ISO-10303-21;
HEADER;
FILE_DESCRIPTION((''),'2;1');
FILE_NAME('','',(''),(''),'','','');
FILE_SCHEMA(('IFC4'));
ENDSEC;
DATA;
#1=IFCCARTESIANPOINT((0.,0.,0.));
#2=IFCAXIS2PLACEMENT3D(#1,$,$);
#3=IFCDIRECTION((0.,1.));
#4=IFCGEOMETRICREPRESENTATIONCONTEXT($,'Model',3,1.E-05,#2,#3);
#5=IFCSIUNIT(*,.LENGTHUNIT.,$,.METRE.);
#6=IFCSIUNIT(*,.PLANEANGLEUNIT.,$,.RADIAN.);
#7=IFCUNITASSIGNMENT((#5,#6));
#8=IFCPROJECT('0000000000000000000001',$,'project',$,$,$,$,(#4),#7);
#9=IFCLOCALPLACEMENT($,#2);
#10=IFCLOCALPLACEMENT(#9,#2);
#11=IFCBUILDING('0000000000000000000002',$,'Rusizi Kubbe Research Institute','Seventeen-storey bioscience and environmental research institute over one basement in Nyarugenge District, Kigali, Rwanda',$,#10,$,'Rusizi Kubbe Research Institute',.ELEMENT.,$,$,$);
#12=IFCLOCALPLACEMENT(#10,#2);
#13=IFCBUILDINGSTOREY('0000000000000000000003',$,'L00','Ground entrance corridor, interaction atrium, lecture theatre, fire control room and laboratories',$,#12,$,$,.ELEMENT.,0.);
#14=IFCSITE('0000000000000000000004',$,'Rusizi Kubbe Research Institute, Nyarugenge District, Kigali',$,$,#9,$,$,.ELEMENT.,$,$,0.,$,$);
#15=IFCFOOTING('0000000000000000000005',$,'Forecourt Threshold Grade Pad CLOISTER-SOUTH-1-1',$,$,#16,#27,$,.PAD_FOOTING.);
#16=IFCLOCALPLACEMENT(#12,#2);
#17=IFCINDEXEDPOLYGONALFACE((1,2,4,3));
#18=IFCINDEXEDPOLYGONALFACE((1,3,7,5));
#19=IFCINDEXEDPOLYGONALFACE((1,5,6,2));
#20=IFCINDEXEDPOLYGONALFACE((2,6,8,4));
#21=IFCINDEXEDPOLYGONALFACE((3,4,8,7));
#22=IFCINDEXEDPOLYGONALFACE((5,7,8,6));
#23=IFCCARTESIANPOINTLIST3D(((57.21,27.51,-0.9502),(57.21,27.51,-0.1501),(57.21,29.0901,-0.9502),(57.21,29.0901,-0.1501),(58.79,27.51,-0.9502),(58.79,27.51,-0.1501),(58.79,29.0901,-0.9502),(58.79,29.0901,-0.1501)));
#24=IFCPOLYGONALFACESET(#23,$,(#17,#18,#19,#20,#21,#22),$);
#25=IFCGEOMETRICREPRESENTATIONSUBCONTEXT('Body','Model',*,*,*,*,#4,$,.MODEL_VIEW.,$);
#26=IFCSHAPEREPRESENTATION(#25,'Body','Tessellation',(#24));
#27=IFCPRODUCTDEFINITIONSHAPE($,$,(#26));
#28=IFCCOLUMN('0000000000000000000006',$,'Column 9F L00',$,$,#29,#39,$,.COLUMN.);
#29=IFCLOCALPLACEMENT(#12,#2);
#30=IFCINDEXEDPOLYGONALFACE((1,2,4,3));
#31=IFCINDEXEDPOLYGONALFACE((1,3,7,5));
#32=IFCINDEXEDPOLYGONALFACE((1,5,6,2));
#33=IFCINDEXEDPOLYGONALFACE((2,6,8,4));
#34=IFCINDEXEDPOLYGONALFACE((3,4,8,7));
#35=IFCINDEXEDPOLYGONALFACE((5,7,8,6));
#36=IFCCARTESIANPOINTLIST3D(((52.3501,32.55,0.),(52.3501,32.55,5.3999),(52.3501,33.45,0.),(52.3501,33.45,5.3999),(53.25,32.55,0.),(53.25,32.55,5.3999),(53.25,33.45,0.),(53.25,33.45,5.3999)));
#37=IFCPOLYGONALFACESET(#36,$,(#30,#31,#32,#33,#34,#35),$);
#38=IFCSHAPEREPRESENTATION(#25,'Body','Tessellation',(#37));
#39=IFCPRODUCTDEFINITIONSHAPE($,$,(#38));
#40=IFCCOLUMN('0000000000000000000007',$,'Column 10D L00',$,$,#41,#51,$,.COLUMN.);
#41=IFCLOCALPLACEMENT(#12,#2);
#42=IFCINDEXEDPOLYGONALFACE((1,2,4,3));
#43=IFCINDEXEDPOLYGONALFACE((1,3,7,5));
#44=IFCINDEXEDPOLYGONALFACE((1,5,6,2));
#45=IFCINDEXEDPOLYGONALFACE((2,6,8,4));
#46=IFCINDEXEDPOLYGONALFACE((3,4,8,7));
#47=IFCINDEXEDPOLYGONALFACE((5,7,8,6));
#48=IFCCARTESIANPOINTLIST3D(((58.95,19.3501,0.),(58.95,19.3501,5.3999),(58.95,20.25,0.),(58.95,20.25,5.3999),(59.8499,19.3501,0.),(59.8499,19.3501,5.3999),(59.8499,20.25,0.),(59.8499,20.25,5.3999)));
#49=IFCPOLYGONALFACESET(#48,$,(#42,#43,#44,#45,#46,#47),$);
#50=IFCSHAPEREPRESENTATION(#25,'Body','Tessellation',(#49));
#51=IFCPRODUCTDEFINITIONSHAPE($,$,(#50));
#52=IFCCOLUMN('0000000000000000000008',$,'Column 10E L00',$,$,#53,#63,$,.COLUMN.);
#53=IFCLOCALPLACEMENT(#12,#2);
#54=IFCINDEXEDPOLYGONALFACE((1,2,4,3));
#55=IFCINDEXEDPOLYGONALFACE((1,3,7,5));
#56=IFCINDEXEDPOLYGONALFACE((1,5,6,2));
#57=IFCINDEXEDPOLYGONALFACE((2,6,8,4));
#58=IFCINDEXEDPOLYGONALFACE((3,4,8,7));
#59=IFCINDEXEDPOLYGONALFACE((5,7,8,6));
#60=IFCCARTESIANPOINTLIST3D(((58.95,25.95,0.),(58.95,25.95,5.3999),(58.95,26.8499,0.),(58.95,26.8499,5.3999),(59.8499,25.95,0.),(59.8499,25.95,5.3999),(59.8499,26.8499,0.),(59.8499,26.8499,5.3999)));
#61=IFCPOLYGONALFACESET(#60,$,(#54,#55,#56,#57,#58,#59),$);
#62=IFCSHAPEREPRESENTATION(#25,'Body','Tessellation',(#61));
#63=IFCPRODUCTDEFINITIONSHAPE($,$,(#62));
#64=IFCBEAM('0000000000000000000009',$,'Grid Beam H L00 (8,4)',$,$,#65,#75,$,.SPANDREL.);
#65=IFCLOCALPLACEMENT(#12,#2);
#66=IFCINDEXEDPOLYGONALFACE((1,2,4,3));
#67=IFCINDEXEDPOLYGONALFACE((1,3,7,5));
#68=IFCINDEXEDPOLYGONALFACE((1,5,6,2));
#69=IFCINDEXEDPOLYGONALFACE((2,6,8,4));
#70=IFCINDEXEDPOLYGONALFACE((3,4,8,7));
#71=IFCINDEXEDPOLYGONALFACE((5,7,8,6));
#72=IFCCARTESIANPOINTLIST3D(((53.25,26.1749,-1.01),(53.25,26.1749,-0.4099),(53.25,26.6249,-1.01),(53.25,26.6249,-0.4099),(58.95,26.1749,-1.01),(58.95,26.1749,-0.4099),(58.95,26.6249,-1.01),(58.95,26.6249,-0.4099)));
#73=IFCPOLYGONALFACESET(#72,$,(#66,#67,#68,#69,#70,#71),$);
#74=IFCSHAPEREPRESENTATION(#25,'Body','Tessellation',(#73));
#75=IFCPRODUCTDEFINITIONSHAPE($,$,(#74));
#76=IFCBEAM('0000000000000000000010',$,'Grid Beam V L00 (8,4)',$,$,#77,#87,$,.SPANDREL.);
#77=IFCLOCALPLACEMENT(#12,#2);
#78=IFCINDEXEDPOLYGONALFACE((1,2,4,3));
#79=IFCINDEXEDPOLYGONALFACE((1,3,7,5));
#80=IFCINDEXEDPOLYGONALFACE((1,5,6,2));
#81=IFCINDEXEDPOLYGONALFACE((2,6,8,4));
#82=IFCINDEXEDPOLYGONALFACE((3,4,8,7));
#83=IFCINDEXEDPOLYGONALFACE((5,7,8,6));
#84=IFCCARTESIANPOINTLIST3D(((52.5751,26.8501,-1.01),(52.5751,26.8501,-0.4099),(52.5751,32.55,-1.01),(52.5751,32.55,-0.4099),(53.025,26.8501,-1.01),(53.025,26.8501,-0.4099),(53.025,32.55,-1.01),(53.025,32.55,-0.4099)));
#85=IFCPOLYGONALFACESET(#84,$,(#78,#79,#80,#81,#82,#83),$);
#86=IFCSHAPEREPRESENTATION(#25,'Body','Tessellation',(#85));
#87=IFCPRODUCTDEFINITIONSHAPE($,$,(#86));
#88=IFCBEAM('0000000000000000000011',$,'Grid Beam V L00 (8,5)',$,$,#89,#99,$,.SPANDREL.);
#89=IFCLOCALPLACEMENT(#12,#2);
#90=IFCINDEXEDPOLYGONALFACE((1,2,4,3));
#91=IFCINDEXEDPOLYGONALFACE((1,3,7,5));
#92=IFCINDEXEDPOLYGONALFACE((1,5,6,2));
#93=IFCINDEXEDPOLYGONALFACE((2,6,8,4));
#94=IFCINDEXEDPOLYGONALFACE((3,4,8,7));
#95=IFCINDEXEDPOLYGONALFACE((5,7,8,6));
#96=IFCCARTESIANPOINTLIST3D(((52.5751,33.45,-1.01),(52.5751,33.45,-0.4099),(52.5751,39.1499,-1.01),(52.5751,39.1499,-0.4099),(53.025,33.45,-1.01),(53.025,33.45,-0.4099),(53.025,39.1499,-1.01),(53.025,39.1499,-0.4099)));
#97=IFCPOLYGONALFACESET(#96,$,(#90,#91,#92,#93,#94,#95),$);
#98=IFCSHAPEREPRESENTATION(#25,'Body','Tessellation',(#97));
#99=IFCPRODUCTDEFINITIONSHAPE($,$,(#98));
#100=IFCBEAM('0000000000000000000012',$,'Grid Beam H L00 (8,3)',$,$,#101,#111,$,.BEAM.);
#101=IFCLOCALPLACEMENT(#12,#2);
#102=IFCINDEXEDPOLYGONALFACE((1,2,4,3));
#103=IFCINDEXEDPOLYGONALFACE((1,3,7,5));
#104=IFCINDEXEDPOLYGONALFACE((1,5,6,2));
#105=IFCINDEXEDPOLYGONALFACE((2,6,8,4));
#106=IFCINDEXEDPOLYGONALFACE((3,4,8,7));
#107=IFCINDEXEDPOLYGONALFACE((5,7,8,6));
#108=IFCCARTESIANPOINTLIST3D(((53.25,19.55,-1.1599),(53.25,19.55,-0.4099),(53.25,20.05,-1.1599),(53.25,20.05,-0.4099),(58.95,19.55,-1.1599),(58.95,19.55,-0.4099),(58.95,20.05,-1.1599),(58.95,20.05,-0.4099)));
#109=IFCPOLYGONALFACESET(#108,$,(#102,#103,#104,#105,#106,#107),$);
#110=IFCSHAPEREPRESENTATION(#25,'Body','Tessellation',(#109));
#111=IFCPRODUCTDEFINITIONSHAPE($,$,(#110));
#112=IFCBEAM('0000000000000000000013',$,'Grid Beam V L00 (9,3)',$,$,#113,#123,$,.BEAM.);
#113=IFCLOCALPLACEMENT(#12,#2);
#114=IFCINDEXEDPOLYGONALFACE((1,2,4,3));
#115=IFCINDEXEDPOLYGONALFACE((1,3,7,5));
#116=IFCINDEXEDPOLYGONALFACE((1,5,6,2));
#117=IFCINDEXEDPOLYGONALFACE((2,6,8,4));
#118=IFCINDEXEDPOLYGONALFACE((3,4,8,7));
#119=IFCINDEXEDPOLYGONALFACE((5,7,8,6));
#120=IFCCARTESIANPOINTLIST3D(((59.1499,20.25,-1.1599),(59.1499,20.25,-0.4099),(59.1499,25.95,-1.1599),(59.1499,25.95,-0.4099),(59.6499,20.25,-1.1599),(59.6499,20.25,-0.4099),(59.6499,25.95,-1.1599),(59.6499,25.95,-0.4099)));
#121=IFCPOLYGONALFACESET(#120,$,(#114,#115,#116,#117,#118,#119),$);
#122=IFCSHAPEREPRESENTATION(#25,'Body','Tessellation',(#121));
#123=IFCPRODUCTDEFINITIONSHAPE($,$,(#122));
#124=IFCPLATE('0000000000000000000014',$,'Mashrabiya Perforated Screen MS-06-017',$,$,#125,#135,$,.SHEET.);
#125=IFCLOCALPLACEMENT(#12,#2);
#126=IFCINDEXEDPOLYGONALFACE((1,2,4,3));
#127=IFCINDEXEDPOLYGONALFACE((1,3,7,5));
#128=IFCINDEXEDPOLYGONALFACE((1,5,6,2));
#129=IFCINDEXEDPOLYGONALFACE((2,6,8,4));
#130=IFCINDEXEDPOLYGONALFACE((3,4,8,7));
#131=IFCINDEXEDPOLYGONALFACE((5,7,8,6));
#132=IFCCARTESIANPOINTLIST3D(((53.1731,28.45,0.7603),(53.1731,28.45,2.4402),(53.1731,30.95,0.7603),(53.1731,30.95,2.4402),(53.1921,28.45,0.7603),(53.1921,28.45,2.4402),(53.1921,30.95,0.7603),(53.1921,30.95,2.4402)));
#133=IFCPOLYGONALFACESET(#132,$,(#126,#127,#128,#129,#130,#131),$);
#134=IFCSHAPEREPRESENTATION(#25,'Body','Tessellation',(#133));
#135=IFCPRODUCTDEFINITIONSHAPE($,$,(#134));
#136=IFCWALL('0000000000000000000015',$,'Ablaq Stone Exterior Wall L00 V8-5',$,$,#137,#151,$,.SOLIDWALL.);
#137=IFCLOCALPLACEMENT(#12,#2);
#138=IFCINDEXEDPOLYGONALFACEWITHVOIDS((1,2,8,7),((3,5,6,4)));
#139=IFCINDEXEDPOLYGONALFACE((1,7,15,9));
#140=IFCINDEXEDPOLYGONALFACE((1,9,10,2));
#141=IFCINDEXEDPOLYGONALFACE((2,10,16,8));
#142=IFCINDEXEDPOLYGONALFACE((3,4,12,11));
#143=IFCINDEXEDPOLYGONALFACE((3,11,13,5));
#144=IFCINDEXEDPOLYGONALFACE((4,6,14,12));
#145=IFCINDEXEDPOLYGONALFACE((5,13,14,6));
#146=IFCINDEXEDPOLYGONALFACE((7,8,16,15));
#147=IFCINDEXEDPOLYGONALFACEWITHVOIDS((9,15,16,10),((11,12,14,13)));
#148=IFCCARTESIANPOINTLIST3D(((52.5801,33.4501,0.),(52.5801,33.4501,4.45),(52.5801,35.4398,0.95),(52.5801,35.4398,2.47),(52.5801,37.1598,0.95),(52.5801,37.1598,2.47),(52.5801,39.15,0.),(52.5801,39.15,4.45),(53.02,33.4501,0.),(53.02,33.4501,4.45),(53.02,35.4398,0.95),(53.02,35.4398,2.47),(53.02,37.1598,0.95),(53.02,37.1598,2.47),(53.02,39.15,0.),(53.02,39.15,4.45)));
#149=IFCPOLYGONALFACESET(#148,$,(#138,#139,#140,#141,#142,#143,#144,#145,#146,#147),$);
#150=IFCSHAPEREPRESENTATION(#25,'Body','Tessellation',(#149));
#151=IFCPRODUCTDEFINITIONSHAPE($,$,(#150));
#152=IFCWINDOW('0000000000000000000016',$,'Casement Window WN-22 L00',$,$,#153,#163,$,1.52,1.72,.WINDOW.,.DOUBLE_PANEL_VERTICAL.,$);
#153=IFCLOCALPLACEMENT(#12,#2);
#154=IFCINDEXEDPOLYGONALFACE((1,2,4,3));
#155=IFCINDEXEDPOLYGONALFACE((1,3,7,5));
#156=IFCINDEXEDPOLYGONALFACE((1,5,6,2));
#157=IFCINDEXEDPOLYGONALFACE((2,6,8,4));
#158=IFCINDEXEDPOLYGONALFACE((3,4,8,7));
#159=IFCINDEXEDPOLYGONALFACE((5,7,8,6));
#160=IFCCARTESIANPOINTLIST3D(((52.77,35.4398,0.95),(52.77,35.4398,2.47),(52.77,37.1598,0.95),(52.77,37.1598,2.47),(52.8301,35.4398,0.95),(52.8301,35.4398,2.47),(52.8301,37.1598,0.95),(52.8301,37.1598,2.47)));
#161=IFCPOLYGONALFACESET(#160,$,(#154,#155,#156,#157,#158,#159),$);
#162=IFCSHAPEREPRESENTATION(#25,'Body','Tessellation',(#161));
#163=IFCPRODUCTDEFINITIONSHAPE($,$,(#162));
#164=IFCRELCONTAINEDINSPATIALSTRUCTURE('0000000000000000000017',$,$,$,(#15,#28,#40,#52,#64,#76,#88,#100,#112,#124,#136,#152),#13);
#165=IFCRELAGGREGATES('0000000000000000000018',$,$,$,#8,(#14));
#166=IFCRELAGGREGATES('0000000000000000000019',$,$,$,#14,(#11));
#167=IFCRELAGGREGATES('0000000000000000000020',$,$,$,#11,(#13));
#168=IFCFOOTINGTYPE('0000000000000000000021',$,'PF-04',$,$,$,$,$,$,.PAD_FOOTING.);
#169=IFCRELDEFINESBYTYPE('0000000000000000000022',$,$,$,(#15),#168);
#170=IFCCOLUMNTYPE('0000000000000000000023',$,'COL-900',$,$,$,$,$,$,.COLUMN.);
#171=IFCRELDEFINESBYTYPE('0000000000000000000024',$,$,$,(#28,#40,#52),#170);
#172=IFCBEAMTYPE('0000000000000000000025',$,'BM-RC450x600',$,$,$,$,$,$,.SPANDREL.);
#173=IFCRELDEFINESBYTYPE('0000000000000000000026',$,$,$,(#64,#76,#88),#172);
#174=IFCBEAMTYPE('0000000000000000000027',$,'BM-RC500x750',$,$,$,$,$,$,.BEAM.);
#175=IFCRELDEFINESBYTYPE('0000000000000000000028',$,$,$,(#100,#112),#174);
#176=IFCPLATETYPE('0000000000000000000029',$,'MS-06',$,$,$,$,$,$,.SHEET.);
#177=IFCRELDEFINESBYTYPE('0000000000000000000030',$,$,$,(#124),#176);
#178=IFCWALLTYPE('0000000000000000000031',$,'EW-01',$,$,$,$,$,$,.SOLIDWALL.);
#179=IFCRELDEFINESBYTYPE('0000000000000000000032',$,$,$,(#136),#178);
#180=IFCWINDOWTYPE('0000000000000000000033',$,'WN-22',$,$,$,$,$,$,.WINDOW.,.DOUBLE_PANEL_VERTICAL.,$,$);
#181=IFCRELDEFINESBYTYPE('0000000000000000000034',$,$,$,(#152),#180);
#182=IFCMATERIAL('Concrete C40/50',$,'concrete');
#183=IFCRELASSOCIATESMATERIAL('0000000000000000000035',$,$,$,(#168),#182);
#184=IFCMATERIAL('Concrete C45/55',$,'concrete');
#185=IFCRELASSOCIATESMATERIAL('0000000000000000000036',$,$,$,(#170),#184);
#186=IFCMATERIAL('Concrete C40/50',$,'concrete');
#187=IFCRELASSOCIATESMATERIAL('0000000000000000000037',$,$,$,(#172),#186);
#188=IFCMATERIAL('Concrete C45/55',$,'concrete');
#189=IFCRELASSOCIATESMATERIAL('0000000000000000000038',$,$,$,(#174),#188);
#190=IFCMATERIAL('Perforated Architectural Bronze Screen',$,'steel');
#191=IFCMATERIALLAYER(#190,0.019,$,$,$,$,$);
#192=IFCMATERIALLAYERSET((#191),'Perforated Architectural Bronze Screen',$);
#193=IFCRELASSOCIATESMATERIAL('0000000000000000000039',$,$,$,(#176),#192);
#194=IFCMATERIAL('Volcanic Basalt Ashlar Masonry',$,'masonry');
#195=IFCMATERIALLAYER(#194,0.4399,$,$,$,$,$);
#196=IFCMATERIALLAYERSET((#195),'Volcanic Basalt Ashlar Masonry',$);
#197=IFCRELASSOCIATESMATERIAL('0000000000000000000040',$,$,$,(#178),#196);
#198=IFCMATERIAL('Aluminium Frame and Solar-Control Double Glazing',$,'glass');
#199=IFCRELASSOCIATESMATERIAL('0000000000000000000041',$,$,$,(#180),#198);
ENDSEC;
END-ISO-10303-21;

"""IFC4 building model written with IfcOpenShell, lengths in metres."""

from ifc_helpers import new_model, si_unit, direction, frame, frame_2d, origin, origin_2d, place, context, subcontext, project, spatial, rectangle, extrude, material, layer, layer_set, material_profile, profile_set, type_object, element, fill, save


model = new_model("IFC4")

# Units and contexts
model_context = context("Model", 3, precision=1e-05, world=origin(), true_north=direction((0.0, 1.0)))
body_context = subcontext(model_context, "Body", "Model", "MODEL_VIEW")
ifc_project = project(units=[si_unit("LENGTHUNIT", "METRE"), si_unit("PLANEANGLEUNIT", "RADIAN")], contexts=[model_context])

# Site, building, storey
site_placement = place(None, origin())
site = spatial("IfcSite", under=ifc_project, at=site_placement, Name="Rusizi Kubbe Research Institute, Nyarugenge District, Kigali", CompositionType="ELEMENT", RefElevation=0.0)
building_placement = place(site_placement, origin())
building = spatial("IfcBuilding", under=site, at=building_placement, Name="Rusizi Kubbe Research Institute", Description="Seventeen-storey bioscience and environmental research institute over one basement in Nyarugenge District, Kigali, Rwanda", LongName="Rusizi Kubbe Research Institute", CompositionType="ELEMENT")
storey_placement = place(building_placement, origin())
storey = spatial("IfcBuildingStorey", under=building, at=storey_placement, Name="L00", Description="Ground entrance corridor, interaction atrium, lecture theatre, fire control room and laboratories", CompositionType="ELEMENT", Elevation=0.0)

# Footing
ifc_material_1 = material(Name="Concrete C40/50", Category="concrete")
footing_type = type_object("IfcFootingType", Name="PF-04", PredefinedType="PAD_FOOTING", material=ifc_material_1)
footing_placement = place(storey_placement, frame((58.0, 28.3, -0.9502), z_axis=(0.0, 0.0, 1.0), x_axis=(1.0, 0.0, 0.0)))
element("IfcFooting", 1, at=footing_placement, inside=storey, type_object=footing_type, Name="Forecourt Threshold Grade Pad CLOISTER-SOUTH-1-1", PredefinedType="PAD_FOOTING", context=body_context, shape_type="SweptSolid", body=[
    extrude(rectangle(XDim=1.5801, YDim=1.5801, at=origin_2d()), origin(), (0.0, 0.0, 1.0), 0.8),
])

# Columns
ifc_material_2 = material(Name="Concrete C45/55", Category="concrete")
ifc_material_profile_1 = material_profile(ifc_material_2, rectangle(XDim=0.8999, YDim=0.8999, at=origin_2d()), Name="RC900x900")
ifc_profile_set_1 = profile_set([ifc_material_profile_1], Name="Concrete C45/55")
column_type = type_object("IfcColumnType", Name="COL-900", PredefinedType="COLUMN", material=ifc_profile_set_1)
for number, where, z_axis, x_axis, name in (
    (2, (52.8, 33.0, 0.0), (0.0, 0.0, 1.0), (1.0, 0.0, 0.0), "Column 9F L00"),
    (3, (59.3999, 19.8, 0.0), (0.0, 0.0, 1.0), (1.0, 0.0, 0.0), "Column 10D L00"),
    (4, (59.3999, 26.3999, 0.0), (0.0, 0.0, 1.0), (1.0, 0.0, 0.0), "Column 10E L00"),
):
    element("IfcColumn", number, at=place(storey_placement, frame(where, z_axis=z_axis, x_axis=x_axis)), inside=storey, type_object=column_type, Name=name, PredefinedType="COLUMN", context=body_context, shape_type="SweptSolid", body=[
        extrude(rectangle(XDim=0.8999, YDim=0.8999, at=origin_2d()), origin(), (0.0, 0.0, 1.0), 5.3999),
    ])

# Beams
ifc_material_3 = material(Name="Concrete C40/50", Category="concrete")
ifc_material_profile_2 = material_profile(ifc_material_3, rectangle(XDim=0.45, YDim=0.6001, at=origin_2d()), Name="RC450x600")
ifc_profile_set_2 = profile_set([ifc_material_profile_2], Name="Concrete C40/50")
beam_type_1 = type_object("IfcBeamType", Name="BM-RC450x600", PredefinedType="SPANDREL", material=ifc_profile_set_2)
for number, where, z_axis, x_axis, name in (
    (5, (53.25, 26.3999, -0.71), (1.0, 0.0, 0.0), (0.0, 1.0, 0.0), "Grid Beam H L00 (8,4)"),
    (6, (52.8, 26.8501, -0.71), (0.0, 1.0, 0.0), (-1.0, 0.0, 0.0), "Grid Beam V L00 (8,4)"),
    (7, (52.8, 33.45, -0.71), (0.0, 1.0, 0.0), (-1.0, 0.0, 0.0), "Grid Beam V L00 (8,5)"),
):
    element("IfcBeam", number, at=place(storey_placement, frame(where, z_axis=z_axis, x_axis=x_axis)), inside=storey, type_object=beam_type_1, Name=name, PredefinedType="SPANDREL", context=body_context, shape_type="SweptSolid", body=[
        extrude(rectangle(XDim=0.45, YDim=0.6001, at=origin_2d()), origin(), (0.0, 0.0, 1.0), 5.7),
    ])
ifc_material_4 = material(Name="Concrete C45/55", Category="concrete")
ifc_material_profile_3 = material_profile(ifc_material_4, rectangle(XDim=0.5, YDim=0.75, at=origin_2d()), Name="RC500x750B")
ifc_profile_set_3 = profile_set([ifc_material_profile_3], Name="Concrete C45/55")
beam_type_2 = type_object("IfcBeamType", Name="BM-RC500x750", PredefinedType="BEAM", material=ifc_profile_set_3)
for number, where, z_axis, x_axis, name in (
    (8, (53.25, 19.8, -0.7849), (1.0, 0.0, 0.0), (0.0, 1.0, 0.0), "Grid Beam H L00 (8,3)"),
    (9, (59.3999, 20.25, -0.7849), (0.0, 1.0, 0.0), (-1.0, 0.0, 0.0), "Grid Beam V L00 (9,3)"),
):
    element("IfcBeam", number, at=place(storey_placement, frame(where, z_axis=z_axis, x_axis=x_axis)), inside=storey, type_object=beam_type_2, Name=name, PredefinedType="BEAM", context=body_context, shape_type="SweptSolid", body=[
        extrude(rectangle(XDim=0.5, YDim=0.75, at=origin_2d()), origin(), (0.0, 0.0, 1.0), 5.7),
    ])

# Plate
ifc_material_5 = material(Name="Perforated Architectural Bronze Screen", Category="steel")
ifc_layer_1 = layer(ifc_material_5, 0.019)
ifc_layer_set_1 = layer_set([ifc_layer_1], Name="Perforated Architectural Bronze Screen")
plate_type = type_object("IfcPlateType", Name="MS-06", PredefinedType="SHEET", material=ifc_layer_set_1)
plate_placement = place(storey_placement, frame((53.1826, 29.7, 0.7603), z_axis=(0.0, 0.0, 1.0), x_axis=(0.0, 1.0, 0.0)))
element("IfcPlate", 10, at=plate_placement, inside=storey, type_object=plate_type, Name="Mashrabiya Perforated Screen MS-06-017", PredefinedType="SHEET", context=body_context, shape_type="SweptSolid", body=[
    extrude(rectangle(XDim=2.5, YDim=0.019, at=origin_2d()), origin(), (0.0, 0.0, 1.0), 1.6799),
])

# Wall, opening, window
ifc_material_6 = material(Name="Volcanic Basalt Ashlar Masonry", Category="masonry")
ifc_layer_2 = layer(ifc_material_6, 0.4399)
ifc_layer_set_2 = layer_set([ifc_layer_2], Name="Volcanic Basalt Ashlar Masonry")
wall_type_1 = type_object("IfcWallType", Name="EW-01", PredefinedType="SOLIDWALL", material=ifc_layer_set_2)
wall_1_placement = place(storey_placement, frame((52.8, 33.45, 0.0), z_axis=(0.0, 0.0, 1.0), x_axis=(0.0, 1.0, 0.0)))
wall_1 = element("IfcWall", 11, at=wall_1_placement, inside=storey, type_object=wall_type_1, Name="Ablaq Stone Exterior Wall L00 V8-5", PredefinedType="SOLIDWALL", context=body_context, shape_type="SweptSolid", body=[
    extrude(rectangle(XDim=5.7, YDim=0.4399, at=frame_2d((2.8501, 0.0))), origin(), (0.0, 0.0, 1.0), 4.45),
])
opening_1_placement = place(wall_1_placement, frame((1.99, 0.0, 0.95)))
opening_1 = element("IfcOpeningElement", 12, at=opening_1_placement, cuts=wall_1, PredefinedType="OPENING", context=body_context, shape_type="SweptSolid", body=[
    extrude(rectangle(XDim=1.72, YDim=1.52, at=frame_2d((0.8599, 0.76))), frame((0.0, 0.23, 0.0), z_axis=(0.0, -1.0, 0.0), x_axis=(1.0, 0.0, 0.0)), (0.0, 0.0, 1.0), 0.46),
])
ifc_material_7 = material(Name="Aluminium Frame and Solar-Control Double Glazing", Category="glass")
window_type_1 = type_object("IfcWindowType", Name="WN-22", PartitioningType="DOUBLE_PANEL_VERTICAL", PredefinedType="WINDOW", material=ifc_material_7)
window_1_placement = place(opening_1_placement, origin())
window_1 = element("IfcWindow", 13, at=window_1_placement, inside=storey, type_object=window_type_1, Name="Casement Window WN-22 L00", OverallHeight=1.52, OverallWidth=1.72, PartitioningType="DOUBLE_PANEL_VERTICAL", PredefinedType="WINDOW", context=body_context, shape_type="SweptSolid", body=[
    extrude(rectangle(XDim=1.72, YDim=1.52, at=frame_2d((0.8599, 0.76))), frame((0.0, 0.03, 0.0), z_axis=(0.0, -1.0, 0.0), x_axis=(1.0, 0.0, 0.0)), (0.0, 0.0, 1.0), 0.0601),
])
fill(opening_1, window_1)

save(model, "model.ifc")
